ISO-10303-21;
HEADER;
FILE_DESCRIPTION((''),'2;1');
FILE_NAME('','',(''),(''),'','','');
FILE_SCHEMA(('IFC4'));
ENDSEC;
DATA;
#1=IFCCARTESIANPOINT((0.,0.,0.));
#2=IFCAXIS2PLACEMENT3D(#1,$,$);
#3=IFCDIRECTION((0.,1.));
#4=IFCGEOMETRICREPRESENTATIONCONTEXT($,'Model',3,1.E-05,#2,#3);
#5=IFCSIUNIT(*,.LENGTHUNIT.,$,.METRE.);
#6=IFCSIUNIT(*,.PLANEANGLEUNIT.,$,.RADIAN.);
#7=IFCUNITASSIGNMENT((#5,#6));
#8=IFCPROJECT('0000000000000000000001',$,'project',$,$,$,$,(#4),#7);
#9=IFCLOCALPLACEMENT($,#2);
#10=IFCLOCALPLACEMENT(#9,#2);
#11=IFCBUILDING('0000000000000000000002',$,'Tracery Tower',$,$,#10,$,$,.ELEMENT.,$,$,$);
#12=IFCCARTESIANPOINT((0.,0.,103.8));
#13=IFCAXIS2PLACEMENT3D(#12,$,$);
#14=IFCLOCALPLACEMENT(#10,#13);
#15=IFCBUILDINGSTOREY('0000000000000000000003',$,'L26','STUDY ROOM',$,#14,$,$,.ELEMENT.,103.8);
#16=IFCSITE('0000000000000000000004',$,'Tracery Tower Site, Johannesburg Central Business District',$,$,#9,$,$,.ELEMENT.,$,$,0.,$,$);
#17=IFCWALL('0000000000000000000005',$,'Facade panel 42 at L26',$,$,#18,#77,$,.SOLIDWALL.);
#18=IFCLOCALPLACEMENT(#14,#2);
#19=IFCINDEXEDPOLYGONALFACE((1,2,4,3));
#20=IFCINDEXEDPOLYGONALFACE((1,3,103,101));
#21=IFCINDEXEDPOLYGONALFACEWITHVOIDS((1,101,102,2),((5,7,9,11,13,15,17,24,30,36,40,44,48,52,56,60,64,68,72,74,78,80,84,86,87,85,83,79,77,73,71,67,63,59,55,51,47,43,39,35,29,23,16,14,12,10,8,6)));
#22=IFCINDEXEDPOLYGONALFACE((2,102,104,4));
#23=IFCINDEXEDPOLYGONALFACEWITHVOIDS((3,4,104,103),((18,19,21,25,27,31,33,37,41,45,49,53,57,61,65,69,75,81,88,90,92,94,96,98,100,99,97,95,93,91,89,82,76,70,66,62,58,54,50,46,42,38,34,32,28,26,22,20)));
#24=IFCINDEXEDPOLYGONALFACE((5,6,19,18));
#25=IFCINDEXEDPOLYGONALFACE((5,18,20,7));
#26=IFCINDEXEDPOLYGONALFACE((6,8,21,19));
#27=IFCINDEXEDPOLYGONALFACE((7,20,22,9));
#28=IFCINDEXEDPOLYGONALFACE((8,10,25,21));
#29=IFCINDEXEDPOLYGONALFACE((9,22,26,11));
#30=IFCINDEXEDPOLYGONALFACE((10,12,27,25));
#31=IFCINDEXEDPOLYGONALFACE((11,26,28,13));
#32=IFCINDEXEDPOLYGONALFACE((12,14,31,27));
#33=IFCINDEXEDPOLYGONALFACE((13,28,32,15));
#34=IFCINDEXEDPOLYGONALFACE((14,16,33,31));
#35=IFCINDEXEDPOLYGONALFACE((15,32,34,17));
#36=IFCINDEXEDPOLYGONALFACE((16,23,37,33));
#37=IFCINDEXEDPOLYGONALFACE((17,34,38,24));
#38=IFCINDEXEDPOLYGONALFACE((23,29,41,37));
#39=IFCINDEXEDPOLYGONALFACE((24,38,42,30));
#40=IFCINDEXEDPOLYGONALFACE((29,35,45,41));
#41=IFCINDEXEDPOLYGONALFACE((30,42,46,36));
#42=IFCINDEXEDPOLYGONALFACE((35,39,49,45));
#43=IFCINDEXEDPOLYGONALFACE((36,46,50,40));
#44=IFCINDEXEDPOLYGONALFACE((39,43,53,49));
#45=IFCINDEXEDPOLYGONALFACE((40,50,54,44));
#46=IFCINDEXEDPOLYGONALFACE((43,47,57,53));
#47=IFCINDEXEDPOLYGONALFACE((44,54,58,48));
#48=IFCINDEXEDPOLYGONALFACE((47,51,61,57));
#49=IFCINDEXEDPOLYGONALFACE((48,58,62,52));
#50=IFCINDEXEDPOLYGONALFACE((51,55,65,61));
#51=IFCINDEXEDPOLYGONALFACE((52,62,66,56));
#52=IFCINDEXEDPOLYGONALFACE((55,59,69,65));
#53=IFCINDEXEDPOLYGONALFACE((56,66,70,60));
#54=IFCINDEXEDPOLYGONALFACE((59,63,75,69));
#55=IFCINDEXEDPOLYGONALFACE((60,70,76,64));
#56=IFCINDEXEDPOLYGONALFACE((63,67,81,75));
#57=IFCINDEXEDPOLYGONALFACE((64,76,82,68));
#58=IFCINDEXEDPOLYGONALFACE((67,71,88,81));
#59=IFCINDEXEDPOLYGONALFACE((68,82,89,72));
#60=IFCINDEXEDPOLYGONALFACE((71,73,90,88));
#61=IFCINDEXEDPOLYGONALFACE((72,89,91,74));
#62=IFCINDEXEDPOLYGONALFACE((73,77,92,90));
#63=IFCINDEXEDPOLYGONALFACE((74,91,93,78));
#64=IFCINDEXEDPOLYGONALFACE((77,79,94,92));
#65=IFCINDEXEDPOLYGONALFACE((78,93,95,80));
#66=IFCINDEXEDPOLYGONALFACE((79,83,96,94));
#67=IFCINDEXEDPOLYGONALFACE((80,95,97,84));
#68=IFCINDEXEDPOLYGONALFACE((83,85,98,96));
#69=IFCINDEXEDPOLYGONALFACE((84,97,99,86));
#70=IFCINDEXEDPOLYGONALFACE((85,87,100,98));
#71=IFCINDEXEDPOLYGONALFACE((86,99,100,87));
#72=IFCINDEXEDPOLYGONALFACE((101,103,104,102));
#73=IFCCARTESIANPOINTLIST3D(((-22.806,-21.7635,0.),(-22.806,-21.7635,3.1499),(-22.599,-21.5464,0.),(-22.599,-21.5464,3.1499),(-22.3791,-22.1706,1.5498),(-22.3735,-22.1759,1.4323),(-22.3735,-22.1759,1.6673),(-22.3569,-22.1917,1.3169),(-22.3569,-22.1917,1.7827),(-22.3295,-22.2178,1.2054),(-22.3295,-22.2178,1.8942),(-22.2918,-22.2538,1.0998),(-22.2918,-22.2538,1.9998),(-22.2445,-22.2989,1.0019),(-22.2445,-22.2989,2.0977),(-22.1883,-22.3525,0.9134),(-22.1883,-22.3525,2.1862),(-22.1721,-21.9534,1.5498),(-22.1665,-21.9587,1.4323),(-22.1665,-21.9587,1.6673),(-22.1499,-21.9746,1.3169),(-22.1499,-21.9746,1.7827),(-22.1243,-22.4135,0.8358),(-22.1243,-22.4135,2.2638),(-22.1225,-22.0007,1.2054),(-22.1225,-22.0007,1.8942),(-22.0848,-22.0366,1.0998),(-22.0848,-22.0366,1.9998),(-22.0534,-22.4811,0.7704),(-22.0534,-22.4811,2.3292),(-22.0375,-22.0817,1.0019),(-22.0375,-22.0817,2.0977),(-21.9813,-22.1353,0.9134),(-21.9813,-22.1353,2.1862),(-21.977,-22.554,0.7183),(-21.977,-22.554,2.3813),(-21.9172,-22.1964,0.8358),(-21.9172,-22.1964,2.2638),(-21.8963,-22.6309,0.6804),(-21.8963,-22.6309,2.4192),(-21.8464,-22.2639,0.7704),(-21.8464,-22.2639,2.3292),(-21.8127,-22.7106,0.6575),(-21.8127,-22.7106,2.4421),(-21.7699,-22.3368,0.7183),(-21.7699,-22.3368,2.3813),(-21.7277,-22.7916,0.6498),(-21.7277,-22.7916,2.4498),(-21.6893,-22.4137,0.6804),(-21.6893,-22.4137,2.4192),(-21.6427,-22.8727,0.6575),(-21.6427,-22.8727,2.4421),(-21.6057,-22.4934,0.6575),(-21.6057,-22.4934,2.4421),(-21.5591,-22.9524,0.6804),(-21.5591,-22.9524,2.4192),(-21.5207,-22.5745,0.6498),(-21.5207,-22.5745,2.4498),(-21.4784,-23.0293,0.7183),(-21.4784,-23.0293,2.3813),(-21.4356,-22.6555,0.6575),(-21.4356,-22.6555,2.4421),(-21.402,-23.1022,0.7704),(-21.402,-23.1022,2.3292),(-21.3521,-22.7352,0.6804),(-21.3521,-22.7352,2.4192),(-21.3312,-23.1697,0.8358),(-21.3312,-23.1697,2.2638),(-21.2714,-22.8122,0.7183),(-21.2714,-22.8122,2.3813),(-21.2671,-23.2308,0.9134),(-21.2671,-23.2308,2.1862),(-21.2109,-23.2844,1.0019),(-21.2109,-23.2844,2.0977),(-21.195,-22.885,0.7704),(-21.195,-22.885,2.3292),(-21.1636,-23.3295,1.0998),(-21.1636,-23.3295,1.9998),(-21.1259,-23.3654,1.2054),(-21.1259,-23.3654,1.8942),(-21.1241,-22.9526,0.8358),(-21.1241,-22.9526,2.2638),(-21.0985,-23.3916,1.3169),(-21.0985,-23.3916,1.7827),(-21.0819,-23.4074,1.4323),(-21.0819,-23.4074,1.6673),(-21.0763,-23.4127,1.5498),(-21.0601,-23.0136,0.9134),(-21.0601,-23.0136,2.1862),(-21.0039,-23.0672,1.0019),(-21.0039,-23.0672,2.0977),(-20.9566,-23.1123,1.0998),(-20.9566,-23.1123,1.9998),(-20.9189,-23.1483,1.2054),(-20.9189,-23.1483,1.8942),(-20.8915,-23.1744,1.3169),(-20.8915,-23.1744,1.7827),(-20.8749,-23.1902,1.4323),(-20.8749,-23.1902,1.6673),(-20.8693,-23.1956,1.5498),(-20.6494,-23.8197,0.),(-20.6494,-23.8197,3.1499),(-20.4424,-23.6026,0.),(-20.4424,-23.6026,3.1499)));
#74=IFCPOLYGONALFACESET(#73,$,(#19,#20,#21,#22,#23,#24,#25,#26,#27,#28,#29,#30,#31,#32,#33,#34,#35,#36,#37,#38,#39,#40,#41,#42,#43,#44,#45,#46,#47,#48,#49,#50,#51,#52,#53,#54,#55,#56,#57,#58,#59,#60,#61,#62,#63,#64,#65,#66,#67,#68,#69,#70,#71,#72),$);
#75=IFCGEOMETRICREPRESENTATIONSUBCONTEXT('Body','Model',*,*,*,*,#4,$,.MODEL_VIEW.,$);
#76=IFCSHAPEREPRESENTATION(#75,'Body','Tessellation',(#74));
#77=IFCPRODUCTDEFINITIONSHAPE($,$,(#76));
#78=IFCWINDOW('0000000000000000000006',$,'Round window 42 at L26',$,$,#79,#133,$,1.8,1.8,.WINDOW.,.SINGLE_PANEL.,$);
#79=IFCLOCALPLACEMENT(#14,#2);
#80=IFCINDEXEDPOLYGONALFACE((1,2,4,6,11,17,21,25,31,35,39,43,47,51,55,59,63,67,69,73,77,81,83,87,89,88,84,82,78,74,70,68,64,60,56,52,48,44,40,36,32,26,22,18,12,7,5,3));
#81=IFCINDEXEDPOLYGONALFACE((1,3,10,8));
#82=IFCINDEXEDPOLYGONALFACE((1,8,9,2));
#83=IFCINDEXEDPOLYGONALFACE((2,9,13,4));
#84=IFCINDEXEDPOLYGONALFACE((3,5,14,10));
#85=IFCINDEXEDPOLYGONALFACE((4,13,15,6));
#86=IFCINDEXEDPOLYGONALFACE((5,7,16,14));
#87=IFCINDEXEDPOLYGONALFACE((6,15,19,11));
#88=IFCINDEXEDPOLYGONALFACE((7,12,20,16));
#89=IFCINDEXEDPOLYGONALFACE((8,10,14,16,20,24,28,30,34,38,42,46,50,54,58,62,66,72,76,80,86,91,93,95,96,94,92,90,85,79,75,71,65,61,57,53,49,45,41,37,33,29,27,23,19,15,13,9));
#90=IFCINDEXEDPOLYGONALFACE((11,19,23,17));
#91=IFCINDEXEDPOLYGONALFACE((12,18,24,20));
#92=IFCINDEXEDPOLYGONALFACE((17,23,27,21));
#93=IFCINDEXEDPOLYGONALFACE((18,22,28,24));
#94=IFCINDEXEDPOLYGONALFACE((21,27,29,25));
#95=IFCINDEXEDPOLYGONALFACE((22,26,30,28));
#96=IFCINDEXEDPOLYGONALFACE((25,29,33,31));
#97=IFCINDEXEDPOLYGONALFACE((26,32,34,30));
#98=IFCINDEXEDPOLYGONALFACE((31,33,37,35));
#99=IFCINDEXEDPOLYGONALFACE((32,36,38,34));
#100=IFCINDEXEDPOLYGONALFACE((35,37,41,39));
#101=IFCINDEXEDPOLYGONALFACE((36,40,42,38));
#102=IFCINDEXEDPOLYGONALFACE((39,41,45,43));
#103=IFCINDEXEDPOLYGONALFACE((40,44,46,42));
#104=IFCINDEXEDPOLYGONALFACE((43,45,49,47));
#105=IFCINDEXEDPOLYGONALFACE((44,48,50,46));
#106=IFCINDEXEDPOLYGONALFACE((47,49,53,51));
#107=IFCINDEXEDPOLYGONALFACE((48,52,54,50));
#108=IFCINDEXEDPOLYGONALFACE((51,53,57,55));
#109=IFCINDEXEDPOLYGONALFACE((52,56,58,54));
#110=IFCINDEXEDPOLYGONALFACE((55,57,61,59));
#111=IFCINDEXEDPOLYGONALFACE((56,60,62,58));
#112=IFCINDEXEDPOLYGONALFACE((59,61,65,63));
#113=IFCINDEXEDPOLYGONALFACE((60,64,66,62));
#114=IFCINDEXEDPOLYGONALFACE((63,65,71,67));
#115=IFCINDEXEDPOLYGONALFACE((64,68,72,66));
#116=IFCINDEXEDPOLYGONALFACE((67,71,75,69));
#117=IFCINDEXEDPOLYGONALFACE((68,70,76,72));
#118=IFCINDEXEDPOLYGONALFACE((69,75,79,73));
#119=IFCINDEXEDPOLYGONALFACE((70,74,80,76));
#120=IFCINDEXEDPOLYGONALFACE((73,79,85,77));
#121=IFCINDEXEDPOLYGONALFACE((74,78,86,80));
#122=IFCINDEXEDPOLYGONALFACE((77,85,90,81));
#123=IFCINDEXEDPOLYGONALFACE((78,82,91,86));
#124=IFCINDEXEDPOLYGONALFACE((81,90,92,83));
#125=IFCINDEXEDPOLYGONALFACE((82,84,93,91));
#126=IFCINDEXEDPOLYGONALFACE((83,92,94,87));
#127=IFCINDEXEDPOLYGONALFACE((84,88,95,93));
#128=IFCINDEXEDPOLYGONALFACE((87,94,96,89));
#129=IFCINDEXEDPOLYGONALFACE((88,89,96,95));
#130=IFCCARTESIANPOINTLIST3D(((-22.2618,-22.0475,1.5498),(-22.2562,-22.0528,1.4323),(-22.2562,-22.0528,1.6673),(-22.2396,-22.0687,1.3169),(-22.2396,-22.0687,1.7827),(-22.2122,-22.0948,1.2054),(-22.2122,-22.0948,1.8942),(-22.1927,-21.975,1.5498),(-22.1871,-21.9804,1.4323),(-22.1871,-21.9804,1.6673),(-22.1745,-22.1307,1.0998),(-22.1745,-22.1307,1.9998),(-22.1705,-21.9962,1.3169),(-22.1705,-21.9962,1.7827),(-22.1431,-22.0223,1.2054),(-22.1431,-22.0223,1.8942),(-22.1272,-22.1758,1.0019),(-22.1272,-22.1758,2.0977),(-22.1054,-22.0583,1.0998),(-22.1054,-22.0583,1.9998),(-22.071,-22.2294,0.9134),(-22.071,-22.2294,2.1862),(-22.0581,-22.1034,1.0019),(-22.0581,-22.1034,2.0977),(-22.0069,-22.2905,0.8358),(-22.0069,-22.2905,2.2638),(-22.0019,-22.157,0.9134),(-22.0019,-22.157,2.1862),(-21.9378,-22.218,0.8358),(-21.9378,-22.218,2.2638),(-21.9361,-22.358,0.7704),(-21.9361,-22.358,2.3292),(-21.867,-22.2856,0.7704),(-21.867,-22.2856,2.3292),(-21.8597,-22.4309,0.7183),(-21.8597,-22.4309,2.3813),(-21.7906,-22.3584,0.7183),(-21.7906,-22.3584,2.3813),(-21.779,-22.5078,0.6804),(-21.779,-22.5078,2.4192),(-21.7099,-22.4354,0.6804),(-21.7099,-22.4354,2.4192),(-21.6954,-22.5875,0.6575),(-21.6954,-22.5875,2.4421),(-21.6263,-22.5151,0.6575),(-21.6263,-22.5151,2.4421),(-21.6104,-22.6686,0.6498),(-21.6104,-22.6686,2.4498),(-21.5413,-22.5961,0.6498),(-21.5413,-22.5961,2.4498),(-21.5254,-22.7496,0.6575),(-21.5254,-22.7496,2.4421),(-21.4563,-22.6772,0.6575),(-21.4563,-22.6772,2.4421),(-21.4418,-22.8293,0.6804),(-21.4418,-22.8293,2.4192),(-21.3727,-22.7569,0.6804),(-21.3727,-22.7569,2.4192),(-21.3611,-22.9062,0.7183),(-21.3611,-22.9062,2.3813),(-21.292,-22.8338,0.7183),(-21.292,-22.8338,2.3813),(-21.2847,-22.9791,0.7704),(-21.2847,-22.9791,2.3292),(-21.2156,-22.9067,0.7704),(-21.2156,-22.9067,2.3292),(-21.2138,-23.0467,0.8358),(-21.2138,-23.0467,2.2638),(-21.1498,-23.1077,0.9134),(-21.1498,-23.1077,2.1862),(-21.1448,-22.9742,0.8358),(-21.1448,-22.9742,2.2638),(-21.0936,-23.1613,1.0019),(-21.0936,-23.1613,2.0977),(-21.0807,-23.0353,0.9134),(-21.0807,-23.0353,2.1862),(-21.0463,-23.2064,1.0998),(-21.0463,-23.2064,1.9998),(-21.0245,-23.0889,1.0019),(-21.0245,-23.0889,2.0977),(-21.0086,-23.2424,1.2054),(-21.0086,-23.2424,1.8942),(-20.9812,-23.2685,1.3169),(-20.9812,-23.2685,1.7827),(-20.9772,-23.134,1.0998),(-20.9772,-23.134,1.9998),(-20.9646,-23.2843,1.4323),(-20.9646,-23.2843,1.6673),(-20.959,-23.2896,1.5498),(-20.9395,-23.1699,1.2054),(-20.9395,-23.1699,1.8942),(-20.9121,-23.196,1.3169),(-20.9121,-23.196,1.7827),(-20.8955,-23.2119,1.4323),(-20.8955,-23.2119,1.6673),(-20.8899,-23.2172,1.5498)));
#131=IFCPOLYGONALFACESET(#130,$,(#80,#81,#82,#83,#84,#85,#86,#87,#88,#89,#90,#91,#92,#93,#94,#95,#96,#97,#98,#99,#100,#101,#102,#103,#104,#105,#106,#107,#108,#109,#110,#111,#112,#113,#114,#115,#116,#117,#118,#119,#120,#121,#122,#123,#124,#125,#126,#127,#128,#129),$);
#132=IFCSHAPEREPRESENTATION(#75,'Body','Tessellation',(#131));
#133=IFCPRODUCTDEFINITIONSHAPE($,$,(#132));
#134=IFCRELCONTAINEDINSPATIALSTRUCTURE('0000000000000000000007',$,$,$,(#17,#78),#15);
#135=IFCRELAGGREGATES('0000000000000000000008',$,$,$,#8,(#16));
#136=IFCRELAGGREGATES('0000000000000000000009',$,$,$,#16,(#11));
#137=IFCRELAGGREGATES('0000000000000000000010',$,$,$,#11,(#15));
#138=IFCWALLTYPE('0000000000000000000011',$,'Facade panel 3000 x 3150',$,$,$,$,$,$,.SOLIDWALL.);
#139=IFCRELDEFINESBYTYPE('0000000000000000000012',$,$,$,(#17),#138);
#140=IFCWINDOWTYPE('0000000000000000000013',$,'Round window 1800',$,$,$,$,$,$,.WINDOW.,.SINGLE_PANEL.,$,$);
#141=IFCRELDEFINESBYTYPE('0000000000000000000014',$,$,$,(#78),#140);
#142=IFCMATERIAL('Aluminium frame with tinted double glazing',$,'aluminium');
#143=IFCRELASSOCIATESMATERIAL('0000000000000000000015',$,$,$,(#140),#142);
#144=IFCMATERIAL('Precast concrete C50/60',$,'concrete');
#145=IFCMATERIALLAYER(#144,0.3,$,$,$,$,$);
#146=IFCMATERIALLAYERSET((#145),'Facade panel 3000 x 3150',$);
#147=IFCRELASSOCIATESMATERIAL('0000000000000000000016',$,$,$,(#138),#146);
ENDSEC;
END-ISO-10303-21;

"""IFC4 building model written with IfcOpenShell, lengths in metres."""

from ifc_helpers import new_model, si_unit, direction, frame, frame_2d, origin, origin_2d, place, context, subcontext, project, spatial, rectangle, circle, extrude, material, layer, layer_set, type_object, element, fill, save


model = new_model("IFC4")

# Units and contexts
model_context = context("Model", 3, precision=1e-05, world=origin(), true_north=direction((0.0, 1.0)))
body_context = subcontext(model_context, "Body", "Model", "MODEL_VIEW")
ifc_project = project(units=[si_unit("LENGTHUNIT", "METRE"), si_unit("PLANEANGLEUNIT", "RADIAN")], contexts=[model_context])

# Site, building, storey
site_placement = place(None, origin())
site = spatial("IfcSite", under=ifc_project, at=site_placement, Name="Tracery Tower Site, Johannesburg Central Business District", CompositionType="ELEMENT", RefElevation=0.0)
building_placement = place(site_placement, origin())
building = spatial("IfcBuilding", under=site, at=building_placement, Name="Tracery Tower", CompositionType="ELEMENT")
storey_placement = place(building_placement, frame((0.0, 0.0, 103.8)))
storey = spatial("IfcBuildingStorey", under=building, at=storey_placement, Name="L26", Description="STUDY ROOM", CompositionType="ELEMENT", Elevation=103.8)

# Wall, opening, window
ifc_material_1 = material(Name="Aluminium frame with tinted double glazing", Category="aluminium")
window_type = type_object("IfcWindowType", Name="Round window 1800", PartitioningType="SINGLE_PANEL", PredefinedType="WINDOW", material=ifc_material_1)
ifc_material_2 = material(Name="Precast concrete C50/60", Category="concrete")
ifc_layer_1 = layer(ifc_material_2, 0.3)
ifc_layer_set_1 = layer_set([ifc_layer_1], Name="Facade panel 3000 x 3150")
wall_type_1 = type_object("IfcWallType", Name="Facade panel 3000 x 3150", PredefinedType="SOLIDWALL", material=ifc_layer_set_1)
wall_1_placement = place(storey_placement, frame((-22.7024, -21.655, 0.0), z_axis=(0.0, 0.0, 1.0), x_axis=(0.723744, -0.690068, 0.0)))
wall_1 = element("IfcWall", 1, at=wall_1_placement, inside=storey, type_object=wall_type_1, Name="Facade panel 42 at L26", PredefinedType="SOLIDWALL", context=body_context, shape_type="SweptSolid", body=[
    extrude(rectangle(XDim=2.9797, YDim=0.3, at=frame_2d((1.4897, 0.0))), origin(), (0.0, 0.0, 1.0), 3.1499),
])
opening_1_placement = place(wall_1_placement, frame((1.4897, 0.0, 1.5498)))
opening_1 = element("IfcOpeningElement", 2, at=opening_1_placement, cuts=wall_1, PredefinedType="OPENING", context=body_context, shape_type="SweptSolid", body=[
    extrude(circle(Radius=0.9, at=origin_2d()), frame((0.0, 0.1599, 0.0), z_axis=(0.0, -1.0, 0.0), x_axis=(1.0, 0.0, 0.0)), (0.0, 0.0, 1.0), 0.3201),
])
window_1_placement = place(opening_1_placement, origin())
window_1 = element("IfcWindow", 3, at=window_1_placement, inside=storey, type_object=window_type, Name="Round window 42 at L26", OverallHeight=1.8, OverallWidth=1.8, PartitioningType="SINGLE_PANEL", PredefinedType="WINDOW", context=body_context, shape_type="SweptSolid", body=[
    extrude(circle(Radius=0.9, at=origin_2d()), frame((0.0, 0.1201, 0.0), z_axis=(0.0, -1.0, 0.0), x_axis=(1.0, 0.0, 0.0)), (0.0, 0.0, 1.0), 0.1001),
])
fill(opening_1, window_1)

save(model, "model.ifc")
